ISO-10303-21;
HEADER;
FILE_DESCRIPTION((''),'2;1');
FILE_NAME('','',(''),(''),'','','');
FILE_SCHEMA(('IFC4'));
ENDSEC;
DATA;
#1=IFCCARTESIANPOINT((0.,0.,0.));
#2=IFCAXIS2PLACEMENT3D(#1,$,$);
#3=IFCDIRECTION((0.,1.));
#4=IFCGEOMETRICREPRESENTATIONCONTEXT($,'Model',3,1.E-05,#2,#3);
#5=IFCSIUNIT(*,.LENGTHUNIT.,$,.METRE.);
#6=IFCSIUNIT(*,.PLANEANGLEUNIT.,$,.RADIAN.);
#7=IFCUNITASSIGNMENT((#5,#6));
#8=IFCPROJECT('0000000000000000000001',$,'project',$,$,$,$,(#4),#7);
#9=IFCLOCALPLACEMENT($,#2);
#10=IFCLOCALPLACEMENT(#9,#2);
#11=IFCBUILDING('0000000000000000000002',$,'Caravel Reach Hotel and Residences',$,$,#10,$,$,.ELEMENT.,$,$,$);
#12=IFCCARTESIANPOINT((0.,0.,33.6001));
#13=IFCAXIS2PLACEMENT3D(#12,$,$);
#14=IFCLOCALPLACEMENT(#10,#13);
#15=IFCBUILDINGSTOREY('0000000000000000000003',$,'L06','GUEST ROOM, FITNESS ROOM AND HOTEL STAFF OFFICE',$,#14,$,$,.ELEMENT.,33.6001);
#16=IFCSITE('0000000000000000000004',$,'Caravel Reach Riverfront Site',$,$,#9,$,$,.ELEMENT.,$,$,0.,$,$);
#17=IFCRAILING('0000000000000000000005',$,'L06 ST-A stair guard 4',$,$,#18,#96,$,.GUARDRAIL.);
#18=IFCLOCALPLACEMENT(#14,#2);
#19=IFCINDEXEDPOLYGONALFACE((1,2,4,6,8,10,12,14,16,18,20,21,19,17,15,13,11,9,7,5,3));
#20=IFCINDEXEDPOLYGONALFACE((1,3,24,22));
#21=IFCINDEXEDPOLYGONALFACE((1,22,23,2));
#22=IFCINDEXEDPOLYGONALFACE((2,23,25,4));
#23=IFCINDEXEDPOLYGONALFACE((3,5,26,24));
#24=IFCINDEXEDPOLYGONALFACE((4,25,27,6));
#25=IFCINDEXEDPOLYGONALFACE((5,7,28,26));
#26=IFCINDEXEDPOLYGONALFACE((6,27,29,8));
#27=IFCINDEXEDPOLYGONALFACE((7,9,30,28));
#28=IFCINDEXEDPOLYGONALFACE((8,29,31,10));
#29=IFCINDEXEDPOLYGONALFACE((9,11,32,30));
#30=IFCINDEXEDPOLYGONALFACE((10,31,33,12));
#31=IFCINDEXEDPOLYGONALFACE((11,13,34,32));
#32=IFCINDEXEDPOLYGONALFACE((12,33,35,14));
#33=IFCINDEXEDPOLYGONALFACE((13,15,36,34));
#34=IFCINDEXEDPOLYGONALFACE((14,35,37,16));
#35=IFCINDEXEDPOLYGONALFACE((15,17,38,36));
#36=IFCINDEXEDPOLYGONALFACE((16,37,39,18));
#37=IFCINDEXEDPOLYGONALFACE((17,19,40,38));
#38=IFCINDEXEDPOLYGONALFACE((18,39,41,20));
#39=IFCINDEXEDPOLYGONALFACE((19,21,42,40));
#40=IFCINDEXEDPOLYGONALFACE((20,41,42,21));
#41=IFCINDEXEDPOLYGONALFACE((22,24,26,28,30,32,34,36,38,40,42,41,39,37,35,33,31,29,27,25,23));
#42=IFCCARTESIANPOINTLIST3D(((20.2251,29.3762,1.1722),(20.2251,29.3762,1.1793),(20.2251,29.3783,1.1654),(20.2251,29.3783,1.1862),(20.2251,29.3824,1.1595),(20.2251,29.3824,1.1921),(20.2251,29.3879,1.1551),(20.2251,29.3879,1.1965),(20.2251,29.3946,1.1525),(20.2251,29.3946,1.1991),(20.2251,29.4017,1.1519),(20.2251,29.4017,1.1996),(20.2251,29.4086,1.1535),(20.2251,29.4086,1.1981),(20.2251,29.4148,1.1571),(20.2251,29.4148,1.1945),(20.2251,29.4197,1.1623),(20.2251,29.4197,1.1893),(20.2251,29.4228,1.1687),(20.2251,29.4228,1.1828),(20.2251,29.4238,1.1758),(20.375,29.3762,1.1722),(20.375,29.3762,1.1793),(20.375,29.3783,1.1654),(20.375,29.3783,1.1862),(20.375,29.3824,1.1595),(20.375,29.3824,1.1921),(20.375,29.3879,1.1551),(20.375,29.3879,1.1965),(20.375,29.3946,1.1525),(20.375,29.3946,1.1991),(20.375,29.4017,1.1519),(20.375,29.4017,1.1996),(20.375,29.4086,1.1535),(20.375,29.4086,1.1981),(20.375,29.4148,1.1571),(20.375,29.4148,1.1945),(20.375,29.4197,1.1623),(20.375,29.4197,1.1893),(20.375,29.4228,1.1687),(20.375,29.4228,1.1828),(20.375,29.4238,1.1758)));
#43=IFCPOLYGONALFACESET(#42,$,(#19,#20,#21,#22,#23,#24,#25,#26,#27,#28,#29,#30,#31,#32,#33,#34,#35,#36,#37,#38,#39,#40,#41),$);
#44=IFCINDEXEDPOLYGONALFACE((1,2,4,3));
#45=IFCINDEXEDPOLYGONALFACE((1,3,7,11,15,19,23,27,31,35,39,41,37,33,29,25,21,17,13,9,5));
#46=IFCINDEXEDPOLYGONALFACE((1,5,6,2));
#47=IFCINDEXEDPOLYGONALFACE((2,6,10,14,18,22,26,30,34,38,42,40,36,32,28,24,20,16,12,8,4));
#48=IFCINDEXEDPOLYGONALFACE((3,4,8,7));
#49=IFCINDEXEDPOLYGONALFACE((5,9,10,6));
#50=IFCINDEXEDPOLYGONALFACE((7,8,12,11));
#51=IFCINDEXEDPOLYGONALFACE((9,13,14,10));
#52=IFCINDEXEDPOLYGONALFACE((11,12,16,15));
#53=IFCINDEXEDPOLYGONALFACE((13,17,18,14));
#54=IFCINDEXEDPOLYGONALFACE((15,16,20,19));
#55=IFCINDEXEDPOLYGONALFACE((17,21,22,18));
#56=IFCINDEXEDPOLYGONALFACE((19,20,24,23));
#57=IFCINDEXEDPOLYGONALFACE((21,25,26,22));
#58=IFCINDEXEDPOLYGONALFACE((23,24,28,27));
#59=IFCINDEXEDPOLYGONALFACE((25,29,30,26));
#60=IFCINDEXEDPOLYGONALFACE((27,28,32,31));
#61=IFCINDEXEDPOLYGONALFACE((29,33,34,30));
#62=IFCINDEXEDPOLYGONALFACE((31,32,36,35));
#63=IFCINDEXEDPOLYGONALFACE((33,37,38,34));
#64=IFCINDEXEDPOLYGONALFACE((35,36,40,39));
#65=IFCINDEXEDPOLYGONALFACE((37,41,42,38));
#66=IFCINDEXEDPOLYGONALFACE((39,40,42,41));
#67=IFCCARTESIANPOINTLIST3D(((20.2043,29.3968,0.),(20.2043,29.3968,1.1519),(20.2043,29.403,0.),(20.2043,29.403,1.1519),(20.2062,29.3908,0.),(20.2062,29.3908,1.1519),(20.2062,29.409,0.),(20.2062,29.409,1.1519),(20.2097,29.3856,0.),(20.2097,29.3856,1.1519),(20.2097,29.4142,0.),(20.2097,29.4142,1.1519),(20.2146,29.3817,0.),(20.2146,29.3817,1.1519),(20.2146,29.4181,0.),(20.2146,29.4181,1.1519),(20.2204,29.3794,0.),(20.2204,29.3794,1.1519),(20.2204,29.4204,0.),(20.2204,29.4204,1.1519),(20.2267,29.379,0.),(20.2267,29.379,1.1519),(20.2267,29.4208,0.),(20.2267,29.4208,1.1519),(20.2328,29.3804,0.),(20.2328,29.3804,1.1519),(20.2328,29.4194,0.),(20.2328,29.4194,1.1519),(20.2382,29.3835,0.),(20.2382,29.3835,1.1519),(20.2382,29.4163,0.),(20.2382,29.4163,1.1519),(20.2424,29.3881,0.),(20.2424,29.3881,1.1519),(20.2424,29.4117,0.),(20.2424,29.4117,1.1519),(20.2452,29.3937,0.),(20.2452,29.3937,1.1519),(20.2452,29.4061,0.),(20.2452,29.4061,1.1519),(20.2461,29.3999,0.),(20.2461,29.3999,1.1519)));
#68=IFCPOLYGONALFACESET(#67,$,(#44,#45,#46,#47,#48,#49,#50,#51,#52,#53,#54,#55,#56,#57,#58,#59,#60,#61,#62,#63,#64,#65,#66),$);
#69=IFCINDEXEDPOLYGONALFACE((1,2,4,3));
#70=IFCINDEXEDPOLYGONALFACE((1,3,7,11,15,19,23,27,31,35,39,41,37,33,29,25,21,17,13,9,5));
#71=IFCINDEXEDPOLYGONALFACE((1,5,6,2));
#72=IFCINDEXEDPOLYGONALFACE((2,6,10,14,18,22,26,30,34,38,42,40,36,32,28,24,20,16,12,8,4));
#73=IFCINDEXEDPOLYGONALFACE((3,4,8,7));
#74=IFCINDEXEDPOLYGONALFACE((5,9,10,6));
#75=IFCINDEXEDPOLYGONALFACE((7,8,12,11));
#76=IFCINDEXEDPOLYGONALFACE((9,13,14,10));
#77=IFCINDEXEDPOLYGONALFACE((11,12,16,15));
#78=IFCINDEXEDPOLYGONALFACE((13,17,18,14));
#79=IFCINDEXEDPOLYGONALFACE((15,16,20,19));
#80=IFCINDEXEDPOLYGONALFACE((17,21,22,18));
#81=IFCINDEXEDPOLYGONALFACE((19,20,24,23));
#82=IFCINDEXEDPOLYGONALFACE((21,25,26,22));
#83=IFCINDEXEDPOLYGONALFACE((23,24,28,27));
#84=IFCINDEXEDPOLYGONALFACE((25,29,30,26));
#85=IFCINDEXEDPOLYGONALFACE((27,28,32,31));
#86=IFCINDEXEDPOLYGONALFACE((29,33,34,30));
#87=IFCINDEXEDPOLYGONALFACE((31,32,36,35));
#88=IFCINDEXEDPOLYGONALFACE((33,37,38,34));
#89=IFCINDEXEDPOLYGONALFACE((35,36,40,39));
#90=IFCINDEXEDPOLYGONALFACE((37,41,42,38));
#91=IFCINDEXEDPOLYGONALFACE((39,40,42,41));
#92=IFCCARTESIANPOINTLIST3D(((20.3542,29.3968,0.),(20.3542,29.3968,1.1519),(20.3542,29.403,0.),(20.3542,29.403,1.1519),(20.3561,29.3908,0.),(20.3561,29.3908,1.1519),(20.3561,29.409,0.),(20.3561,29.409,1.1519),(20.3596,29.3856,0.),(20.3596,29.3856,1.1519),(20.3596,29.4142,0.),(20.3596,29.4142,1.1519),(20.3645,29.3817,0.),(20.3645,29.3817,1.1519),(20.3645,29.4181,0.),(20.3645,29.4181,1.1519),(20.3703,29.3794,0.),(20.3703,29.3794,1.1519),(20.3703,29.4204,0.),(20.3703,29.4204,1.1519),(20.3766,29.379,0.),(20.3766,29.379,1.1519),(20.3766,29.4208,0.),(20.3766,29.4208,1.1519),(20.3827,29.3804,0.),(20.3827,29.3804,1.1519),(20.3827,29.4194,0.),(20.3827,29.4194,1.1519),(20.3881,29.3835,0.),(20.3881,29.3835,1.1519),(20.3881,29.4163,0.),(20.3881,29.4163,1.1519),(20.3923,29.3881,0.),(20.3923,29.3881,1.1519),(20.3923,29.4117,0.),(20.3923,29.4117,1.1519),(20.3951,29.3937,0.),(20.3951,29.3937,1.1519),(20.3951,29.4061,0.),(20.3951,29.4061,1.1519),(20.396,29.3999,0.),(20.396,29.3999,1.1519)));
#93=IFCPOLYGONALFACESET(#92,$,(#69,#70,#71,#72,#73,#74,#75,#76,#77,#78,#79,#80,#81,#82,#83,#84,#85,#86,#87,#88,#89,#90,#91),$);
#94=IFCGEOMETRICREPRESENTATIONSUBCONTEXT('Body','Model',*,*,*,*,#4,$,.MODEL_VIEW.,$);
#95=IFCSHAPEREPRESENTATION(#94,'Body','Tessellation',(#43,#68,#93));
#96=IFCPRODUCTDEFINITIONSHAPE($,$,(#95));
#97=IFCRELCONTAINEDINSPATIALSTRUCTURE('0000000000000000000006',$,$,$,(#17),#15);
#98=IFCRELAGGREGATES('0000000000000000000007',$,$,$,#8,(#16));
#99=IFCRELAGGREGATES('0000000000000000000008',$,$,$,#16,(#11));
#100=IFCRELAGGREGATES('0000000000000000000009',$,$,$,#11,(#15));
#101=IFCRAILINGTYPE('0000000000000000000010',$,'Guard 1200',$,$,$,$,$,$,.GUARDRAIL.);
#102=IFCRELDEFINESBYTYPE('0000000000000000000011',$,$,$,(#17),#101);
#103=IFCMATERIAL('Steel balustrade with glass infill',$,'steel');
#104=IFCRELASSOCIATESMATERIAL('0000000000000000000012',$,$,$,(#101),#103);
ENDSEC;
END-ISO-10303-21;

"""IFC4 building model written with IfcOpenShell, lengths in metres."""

from ifc_helpers import new_model, si_unit, direction, frame, origin, origin_2d, place, context, subcontext, project, spatial, circle, extrude, material, type_object, element, save


model = new_model("IFC4")

# Units and contexts
model_context = context("Model", 3, precision=1e-05, world=origin(), true_north=direction((0.0, 1.0)))
body_context = subcontext(model_context, "Body", "Model", "MODEL_VIEW")
ifc_project = project(units=[si_unit("LENGTHUNIT", "METRE"), si_unit("PLANEANGLEUNIT", "RADIAN")], contexts=[model_context])

# Site, building, storey
site_placement = place(None, origin())
site = spatial("IfcSite", under=ifc_project, at=site_placement, Name="Caravel Reach Riverfront Site", CompositionType="ELEMENT", RefElevation=0.0)
building_placement = place(site_placement, origin())
building = spatial("IfcBuilding", under=site, at=building_placement, Name="Caravel Reach Hotel and Residences", CompositionType="ELEMENT")
storey_placement = place(building_placement, frame((0.0, 0.0, 33.6001)))
storey = spatial("IfcBuildingStorey", under=building, at=storey_placement, Name="L06", Description="GUEST ROOM, FITNESS ROOM AND HOTEL STAFF OFFICE", CompositionType="ELEMENT", Elevation=33.6001)

# Railing
ifc_material_1 = material(Name="Steel balustrade with glass infill", Category="steel")
railing_type = type_object("IfcRailingType", Name="Guard 1200", PredefinedType="GUARDRAIL", material=ifc_material_1)
railing_1_placement = place(storey_placement, frame((20.2251, 29.3999, 0.0)))
element("IfcRailing", 1, at=railing_1_placement, inside=storey, type_object=railing_type, Name="L06 ST-A stair guard 4", PredefinedType="GUARDRAIL", context=body_context, shape_type="SweptSolid", body=[
    extrude(circle(Radius=0.0239, at=origin_2d()), frame((0.0, 0.0, 1.1758), z_axis=(1.0, 0.0, 0.0), x_axis=(0.0, 1.0, 0.0)), (0.0, 0.0, 1.0), 0.1499),
    extrude(circle(Radius=0.021, at=origin_2d()), origin(), (0.0, 0.0, 1.0), 1.1519),
    extrude(circle(Radius=0.021, at=origin_2d()), frame((0.1499, 0.0, 0.0)), (0.0, 0.0, 1.0), 1.1519),
])

save(model, "model.ifc")
